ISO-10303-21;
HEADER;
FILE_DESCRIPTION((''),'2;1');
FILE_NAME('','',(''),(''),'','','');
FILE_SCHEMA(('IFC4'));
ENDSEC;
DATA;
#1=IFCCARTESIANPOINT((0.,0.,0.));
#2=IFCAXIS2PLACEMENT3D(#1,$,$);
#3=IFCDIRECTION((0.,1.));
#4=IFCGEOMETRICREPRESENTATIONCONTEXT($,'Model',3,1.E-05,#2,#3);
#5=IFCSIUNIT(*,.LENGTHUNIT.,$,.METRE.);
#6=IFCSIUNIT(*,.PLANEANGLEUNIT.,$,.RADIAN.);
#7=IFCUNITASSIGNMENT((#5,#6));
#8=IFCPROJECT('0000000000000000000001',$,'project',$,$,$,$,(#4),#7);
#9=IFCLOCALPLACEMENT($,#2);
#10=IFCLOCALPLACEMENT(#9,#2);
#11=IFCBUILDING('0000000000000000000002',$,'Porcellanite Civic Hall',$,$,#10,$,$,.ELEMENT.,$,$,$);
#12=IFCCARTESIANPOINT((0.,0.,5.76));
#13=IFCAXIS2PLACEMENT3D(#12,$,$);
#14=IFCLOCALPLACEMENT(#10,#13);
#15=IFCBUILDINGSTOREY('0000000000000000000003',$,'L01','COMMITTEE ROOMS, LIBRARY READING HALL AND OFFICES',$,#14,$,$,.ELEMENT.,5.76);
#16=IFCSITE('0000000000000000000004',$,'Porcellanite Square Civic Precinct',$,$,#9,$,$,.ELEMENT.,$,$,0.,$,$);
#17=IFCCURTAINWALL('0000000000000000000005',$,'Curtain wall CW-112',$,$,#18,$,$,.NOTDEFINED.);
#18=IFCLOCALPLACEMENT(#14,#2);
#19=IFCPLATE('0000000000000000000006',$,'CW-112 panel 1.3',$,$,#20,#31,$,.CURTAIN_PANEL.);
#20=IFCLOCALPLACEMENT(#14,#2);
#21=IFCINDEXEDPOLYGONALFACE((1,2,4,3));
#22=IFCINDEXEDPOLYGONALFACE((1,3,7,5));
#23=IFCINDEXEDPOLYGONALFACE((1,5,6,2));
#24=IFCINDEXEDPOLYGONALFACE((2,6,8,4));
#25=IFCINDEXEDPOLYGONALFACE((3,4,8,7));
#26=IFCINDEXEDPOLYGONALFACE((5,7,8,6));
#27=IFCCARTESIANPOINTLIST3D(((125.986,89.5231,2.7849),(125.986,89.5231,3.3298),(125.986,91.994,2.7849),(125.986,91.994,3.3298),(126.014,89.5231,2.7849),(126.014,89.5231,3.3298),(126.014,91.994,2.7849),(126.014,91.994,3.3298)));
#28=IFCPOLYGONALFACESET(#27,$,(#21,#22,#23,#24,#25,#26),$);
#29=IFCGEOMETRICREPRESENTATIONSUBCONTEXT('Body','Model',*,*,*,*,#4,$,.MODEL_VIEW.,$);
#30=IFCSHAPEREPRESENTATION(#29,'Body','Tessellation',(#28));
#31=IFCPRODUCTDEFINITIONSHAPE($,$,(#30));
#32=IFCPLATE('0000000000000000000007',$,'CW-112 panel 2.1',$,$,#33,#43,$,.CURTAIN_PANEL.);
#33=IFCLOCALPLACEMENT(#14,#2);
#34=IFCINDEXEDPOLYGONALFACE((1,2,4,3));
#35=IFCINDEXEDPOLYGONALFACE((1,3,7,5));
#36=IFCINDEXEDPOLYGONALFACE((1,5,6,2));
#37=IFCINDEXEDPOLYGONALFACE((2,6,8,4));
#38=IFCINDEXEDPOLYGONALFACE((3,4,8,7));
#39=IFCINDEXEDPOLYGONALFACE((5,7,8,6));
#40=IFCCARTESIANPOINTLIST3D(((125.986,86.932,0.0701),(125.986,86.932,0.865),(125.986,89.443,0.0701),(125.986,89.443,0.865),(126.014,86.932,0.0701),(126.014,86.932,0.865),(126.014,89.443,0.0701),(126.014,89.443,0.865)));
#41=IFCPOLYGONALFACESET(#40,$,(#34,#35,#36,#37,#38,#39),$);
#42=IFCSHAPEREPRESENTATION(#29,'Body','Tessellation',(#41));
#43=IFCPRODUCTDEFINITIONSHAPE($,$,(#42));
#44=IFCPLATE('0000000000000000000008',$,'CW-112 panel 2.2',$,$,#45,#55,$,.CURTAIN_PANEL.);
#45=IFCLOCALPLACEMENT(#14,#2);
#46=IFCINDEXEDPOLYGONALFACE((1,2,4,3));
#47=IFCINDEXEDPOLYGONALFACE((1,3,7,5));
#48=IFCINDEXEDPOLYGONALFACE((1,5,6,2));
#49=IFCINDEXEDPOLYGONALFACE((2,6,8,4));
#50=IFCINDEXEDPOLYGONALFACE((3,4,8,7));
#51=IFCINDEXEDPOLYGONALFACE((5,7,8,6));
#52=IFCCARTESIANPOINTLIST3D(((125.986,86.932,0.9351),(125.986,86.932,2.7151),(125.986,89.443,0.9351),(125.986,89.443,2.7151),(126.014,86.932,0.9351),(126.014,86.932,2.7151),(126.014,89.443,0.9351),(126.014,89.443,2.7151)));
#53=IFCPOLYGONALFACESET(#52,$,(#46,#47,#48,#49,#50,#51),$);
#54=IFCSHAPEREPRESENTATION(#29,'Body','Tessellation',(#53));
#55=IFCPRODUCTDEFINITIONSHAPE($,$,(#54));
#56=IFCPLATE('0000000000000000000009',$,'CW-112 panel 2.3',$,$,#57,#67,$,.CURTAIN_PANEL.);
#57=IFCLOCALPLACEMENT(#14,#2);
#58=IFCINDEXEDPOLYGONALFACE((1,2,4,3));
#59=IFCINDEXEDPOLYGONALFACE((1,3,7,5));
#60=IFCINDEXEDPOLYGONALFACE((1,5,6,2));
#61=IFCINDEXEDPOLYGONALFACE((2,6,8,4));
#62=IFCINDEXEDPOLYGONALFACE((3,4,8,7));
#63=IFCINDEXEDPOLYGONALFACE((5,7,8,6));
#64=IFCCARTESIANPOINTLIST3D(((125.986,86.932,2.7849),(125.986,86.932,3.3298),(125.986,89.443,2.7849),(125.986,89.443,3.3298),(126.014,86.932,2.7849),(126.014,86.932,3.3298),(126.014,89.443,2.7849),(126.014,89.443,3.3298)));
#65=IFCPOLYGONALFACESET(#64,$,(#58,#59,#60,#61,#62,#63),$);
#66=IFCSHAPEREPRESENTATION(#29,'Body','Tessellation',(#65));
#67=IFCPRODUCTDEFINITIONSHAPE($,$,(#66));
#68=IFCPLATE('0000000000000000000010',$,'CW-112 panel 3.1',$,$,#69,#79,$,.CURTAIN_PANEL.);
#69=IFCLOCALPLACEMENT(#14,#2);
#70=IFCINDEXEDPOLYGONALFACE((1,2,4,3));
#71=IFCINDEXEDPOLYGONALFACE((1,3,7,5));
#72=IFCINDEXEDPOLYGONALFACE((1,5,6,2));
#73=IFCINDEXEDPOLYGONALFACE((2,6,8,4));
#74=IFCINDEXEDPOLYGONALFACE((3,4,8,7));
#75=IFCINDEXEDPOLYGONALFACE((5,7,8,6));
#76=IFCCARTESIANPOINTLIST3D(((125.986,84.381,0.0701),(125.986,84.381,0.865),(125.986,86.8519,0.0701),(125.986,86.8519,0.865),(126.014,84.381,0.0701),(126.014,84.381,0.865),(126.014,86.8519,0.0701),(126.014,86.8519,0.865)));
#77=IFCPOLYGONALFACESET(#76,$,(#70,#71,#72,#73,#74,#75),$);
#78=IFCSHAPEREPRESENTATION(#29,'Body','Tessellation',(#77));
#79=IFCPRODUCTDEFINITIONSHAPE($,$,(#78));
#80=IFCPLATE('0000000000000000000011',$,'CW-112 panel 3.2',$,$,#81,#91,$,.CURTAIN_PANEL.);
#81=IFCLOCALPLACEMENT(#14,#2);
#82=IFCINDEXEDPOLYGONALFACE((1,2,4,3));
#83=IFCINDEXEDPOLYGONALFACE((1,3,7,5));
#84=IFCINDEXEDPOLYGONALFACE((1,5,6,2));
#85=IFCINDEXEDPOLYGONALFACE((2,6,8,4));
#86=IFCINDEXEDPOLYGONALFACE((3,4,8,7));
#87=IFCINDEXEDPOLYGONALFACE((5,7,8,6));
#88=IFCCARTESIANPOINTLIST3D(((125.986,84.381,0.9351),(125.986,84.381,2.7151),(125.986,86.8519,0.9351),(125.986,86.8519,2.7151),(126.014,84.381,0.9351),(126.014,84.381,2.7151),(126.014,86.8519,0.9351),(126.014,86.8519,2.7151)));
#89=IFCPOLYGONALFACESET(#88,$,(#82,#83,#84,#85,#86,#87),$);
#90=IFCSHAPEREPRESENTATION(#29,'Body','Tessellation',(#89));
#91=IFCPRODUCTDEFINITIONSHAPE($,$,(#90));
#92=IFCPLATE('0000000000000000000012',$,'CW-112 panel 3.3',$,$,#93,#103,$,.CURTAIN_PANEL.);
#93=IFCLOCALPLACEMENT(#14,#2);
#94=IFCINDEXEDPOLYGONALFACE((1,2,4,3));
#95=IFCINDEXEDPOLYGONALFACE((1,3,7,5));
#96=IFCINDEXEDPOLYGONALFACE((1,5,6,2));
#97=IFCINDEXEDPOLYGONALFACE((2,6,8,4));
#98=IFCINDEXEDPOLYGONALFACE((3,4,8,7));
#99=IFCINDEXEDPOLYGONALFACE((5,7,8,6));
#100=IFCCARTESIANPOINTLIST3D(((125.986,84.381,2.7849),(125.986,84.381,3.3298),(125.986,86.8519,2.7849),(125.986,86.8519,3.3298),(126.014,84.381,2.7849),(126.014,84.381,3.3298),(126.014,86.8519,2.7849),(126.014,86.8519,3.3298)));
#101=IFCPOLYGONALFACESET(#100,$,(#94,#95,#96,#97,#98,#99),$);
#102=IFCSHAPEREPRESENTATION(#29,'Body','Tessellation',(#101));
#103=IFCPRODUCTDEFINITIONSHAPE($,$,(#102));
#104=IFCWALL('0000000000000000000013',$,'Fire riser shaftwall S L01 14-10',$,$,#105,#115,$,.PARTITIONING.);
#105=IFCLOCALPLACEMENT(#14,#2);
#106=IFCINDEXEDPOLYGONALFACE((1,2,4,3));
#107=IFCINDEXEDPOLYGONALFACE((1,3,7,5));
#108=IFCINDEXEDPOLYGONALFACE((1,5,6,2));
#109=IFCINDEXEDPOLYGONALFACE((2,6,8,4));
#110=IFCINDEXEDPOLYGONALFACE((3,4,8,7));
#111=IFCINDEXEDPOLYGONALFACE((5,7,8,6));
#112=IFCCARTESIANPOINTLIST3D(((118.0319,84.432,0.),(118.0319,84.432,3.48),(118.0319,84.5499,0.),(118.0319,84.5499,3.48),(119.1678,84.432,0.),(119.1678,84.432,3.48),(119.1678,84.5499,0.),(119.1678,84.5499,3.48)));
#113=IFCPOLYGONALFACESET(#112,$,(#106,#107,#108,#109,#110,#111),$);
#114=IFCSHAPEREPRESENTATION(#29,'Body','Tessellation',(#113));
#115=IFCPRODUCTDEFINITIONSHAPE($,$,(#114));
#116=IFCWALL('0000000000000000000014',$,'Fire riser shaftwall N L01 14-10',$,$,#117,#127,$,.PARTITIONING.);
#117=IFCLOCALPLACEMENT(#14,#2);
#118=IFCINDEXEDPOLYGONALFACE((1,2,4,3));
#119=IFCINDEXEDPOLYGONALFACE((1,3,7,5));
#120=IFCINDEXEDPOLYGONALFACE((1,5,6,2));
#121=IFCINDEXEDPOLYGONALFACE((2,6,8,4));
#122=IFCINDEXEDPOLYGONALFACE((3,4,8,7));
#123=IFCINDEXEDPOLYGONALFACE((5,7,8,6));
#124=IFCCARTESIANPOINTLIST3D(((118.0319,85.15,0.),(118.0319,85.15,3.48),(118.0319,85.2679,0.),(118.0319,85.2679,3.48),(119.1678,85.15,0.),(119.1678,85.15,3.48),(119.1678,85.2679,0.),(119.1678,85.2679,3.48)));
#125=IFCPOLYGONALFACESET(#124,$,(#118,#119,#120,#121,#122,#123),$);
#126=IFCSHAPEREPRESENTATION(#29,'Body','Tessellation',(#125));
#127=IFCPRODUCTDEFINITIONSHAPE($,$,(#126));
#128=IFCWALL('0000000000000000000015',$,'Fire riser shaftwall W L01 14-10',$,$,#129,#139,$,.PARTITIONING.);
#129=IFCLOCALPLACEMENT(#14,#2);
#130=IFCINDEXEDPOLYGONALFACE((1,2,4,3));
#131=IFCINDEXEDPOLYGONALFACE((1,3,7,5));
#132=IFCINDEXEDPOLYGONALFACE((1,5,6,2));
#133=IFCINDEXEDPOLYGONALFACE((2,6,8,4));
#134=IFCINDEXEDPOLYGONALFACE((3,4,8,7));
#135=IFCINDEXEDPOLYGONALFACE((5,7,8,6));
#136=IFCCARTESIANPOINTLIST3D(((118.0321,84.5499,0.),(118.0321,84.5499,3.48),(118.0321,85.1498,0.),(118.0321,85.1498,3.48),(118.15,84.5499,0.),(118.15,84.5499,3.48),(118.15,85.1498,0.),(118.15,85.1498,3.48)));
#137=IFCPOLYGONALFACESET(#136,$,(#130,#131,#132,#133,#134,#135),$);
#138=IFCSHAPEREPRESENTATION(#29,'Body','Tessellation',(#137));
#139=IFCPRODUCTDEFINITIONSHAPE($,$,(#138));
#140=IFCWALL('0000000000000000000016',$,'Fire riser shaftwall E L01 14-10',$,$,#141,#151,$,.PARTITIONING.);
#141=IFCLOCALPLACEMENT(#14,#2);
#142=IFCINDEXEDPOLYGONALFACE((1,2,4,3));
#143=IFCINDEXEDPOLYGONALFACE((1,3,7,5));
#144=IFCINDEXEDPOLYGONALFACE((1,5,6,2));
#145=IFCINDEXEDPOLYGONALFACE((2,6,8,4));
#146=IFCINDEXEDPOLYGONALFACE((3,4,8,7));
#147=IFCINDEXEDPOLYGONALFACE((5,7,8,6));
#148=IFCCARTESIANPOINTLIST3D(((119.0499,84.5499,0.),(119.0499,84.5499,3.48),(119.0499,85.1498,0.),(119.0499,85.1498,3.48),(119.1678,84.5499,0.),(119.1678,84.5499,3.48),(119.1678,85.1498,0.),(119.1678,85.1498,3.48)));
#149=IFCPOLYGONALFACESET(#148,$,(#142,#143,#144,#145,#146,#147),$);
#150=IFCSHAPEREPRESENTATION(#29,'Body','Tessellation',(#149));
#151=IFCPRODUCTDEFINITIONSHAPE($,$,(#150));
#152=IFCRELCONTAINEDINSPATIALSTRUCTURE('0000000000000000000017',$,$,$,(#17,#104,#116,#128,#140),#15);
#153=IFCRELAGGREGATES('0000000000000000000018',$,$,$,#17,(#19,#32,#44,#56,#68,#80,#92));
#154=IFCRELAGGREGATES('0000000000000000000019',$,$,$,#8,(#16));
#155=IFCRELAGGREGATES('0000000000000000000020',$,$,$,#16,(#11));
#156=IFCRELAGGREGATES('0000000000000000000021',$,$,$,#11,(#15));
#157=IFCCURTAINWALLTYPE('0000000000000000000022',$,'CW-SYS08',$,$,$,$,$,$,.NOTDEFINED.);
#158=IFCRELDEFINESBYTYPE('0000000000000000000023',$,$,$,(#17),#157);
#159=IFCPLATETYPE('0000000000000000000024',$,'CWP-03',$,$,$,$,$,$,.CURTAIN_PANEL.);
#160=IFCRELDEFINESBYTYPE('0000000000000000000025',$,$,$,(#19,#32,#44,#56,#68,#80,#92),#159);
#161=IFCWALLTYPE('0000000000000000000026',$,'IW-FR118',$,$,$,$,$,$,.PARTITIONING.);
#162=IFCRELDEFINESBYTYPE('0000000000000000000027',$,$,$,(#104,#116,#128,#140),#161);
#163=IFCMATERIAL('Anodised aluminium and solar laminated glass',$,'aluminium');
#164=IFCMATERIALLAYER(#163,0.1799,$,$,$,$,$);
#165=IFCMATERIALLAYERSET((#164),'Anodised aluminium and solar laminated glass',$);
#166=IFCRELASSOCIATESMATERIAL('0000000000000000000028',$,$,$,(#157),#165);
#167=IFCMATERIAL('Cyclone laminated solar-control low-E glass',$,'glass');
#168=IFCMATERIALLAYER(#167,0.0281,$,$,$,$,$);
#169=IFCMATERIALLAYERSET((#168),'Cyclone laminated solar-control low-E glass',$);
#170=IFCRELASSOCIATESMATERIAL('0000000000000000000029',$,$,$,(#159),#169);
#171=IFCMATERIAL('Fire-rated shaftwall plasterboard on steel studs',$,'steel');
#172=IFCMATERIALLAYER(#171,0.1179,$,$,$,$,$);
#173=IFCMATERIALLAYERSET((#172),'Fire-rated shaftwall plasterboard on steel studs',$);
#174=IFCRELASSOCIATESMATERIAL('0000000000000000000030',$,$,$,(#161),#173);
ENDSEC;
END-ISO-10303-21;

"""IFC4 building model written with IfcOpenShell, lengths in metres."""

from ifc_helpers import new_model, si_unit, direction, frame, frame_2d, origin, origin_2d, place, context, subcontext, project, spatial, rectangle, extrude, material, layer, layer_set, type_object, element, aggregate, save


model = new_model("IFC4")

# Units and contexts
model_context = context("Model", 3, precision=1e-05, world=origin(), true_north=direction((0.0, 1.0)))
body_context = subcontext(model_context, "Body", "Model", "MODEL_VIEW")
ifc_project = project(units=[si_unit("LENGTHUNIT", "METRE"), si_unit("PLANEANGLEUNIT", "RADIAN")], contexts=[model_context])

# Site, building, storey
site_placement = place(None, origin())
site = spatial("IfcSite", under=ifc_project, at=site_placement, Name="Porcellanite Square Civic Precinct", CompositionType="ELEMENT", RefElevation=0.0)
building_placement = place(site_placement, origin())
building = spatial("IfcBuilding", under=site, at=building_placement, Name="Porcellanite Civic Hall", CompositionType="ELEMENT")
storey_placement = place(building_placement, frame((0.0, 0.0, 5.76)))
storey = spatial("IfcBuildingStorey", under=building, at=storey_placement, Name="L01", Description="COMMITTEE ROOMS, LIBRARY READING HALL AND OFFICES", CompositionType="ELEMENT", Elevation=5.76)

# Curtain wall
ifc_material_1 = material(Name="Anodised aluminium and solar laminated glass", Category="aluminium")
ifc_layer_1 = layer(ifc_material_1, 0.1799)
ifc_layer_set_1 = layer_set([ifc_layer_1], Name="Anodised aluminium and solar laminated glass")
curtain_wall_type_1 = type_object("IfcCurtainWallType", Name="CW-SYS08", PredefinedType="NOTDEFINED", material=ifc_layer_set_1)
curtain_wall_1_placement = place(storey_placement, origin())
curtain_wall_1 = element("IfcCurtainWall", 1, at=curtain_wall_1_placement, inside=storey, type_object=curtain_wall_type_1, Name="Curtain wall CW-112", PredefinedType="NOTDEFINED")

# Plates
ifc_material_2 = material(Name="Cyclone laminated solar-control low-E glass", Category="glass")
ifc_layer_2 = layer(ifc_material_2, 0.0281)
ifc_layer_set_2 = layer_set([ifc_layer_2], Name="Cyclone laminated solar-control low-E glass")
plate_type = type_object("IfcPlateType", Name="CWP-03", PredefinedType="CURTAIN_PANEL", material=ifc_layer_set_2)
plate_1_placement = place(storey_placement, frame((126.0, 90.7585, 2.7849), z_axis=(0.0, 0.0, 1.0), x_axis=(0.0, -1.0, 0.0)))
plate_1 = element("IfcPlate", 2, at=plate_1_placement, type_object=plate_type, Name="CW-112 panel 1.3", PredefinedType="CURTAIN_PANEL", context=body_context, shape_type="SweptSolid", body=[
    extrude(rectangle(XDim=2.4709, YDim=0.0281, at=origin_2d()), origin(), (0.0, 0.0, 1.0), 0.5449),
])
plate_2_placement = place(storey_placement, frame((126.0, 88.1875, 0.0701), z_axis=(0.0, 0.0, 1.0), x_axis=(0.0, -1.0, 0.0)))
plate_2 = element("IfcPlate", 3, at=plate_2_placement, type_object=plate_type, Name="CW-112 panel 2.1", PredefinedType="CURTAIN_PANEL", context=body_context, shape_type="SweptSolid", body=[
    extrude(rectangle(XDim=2.511, YDim=0.0281, at=origin_2d()), origin(), (0.0, 0.0, 1.0), 0.7949),
])
plate_3_placement = place(storey_placement, frame((126.0, 88.1875, 0.9351), z_axis=(0.0, 0.0, 1.0), x_axis=(0.0, -1.0, 0.0)))
plate_3 = element("IfcPlate", 4, at=plate_3_placement, type_object=plate_type, Name="CW-112 panel 2.2", PredefinedType="CURTAIN_PANEL", context=body_context, shape_type="SweptSolid", body=[
    extrude(rectangle(XDim=2.511, YDim=0.0281, at=origin_2d()), origin(), (0.0, 0.0, 1.0), 1.78),
])
plate_4_placement = place(storey_placement, frame((126.0, 88.1875, 2.7849), z_axis=(0.0, 0.0, 1.0), x_axis=(0.0, -1.0, 0.0)))
plate_4 = element("IfcPlate", 5, at=plate_4_placement, type_object=plate_type, Name="CW-112 panel 2.3", PredefinedType="CURTAIN_PANEL", context=body_context, shape_type="SweptSolid", body=[
    extrude(rectangle(XDim=2.511, YDim=0.0281, at=origin_2d()), origin(), (0.0, 0.0, 1.0), 0.5449),
])
plate_5_placement = place(storey_placement, frame((126.0, 85.6165, 0.0701), z_axis=(0.0, 0.0, 1.0), x_axis=(0.0, -1.0, 0.0)))
plate_5 = element("IfcPlate", 6, at=plate_5_placement, type_object=plate_type, Name="CW-112 panel 3.1", PredefinedType="CURTAIN_PANEL", context=body_context, shape_type="SweptSolid", body=[
    extrude(rectangle(XDim=2.4709, YDim=0.0281, at=origin_2d()), origin(), (0.0, 0.0, 1.0), 0.7949),
])
plate_6_placement = place(storey_placement, frame((126.0, 85.6165, 0.9351), z_axis=(0.0, 0.0, 1.0), x_axis=(0.0, -1.0, 0.0)))
plate_6 = element("IfcPlate", 7, at=plate_6_placement, type_object=plate_type, Name="CW-112 panel 3.2", PredefinedType="CURTAIN_PANEL", context=body_context, shape_type="SweptSolid", body=[
    extrude(rectangle(XDim=2.4709, YDim=0.0281, at=origin_2d()), origin(), (0.0, 0.0, 1.0), 1.78),
])
plate_7_placement = place(storey_placement, frame((126.0, 85.6165, 2.7849), z_axis=(0.0, 0.0, 1.0), x_axis=(0.0, -1.0, 0.0)))
plate_7 = element("IfcPlate", 8, at=plate_7_placement, type_object=plate_type, Name="CW-112 panel 3.3", PredefinedType="CURTAIN_PANEL", context=body_context, shape_type="SweptSolid", body=[
    extrude(rectangle(XDim=2.4709, YDim=0.0281, at=origin_2d()), origin(), (0.0, 0.0, 1.0), 0.5449),
])
aggregate(curtain_wall_1, [plate_1, plate_2, plate_3, plate_4, plate_5, plate_6, plate_7])

# Walls
ifc_material_3 = material(Name="Fire-rated shaftwall plasterboard on steel studs", Category="steel")
ifc_layer_3 = layer(ifc_material_3, 0.1179)
ifc_layer_set_3 = layer_set([ifc_layer_3], Name="Fire-rated shaftwall plasterboard on steel studs")
wall_type = type_object("IfcWallType", Name="IW-FR118", PredefinedType="PARTITIONING", material=ifc_layer_set_3)
for number, where, z_axis, x_axis, name in (
    (9, (118.032, 84.491, 0.0), (0.0, 0.0, 1.0), (1.0, 0.0, 0.0), "Fire riser shaftwall S L01 14-10"),
    (10, (118.032, 85.209, 0.0), (0.0, 0.0, 1.0), (1.0, 0.0, 0.0), "Fire riser shaftwall N L01 14-10"),
):
    element("IfcWall", number, at=place(storey_placement, frame(where, z_axis=z_axis, x_axis=x_axis)), inside=storey, type_object=wall_type, Name=name, PredefinedType="PARTITIONING", context=body_context, shape_type="SweptSolid", body=[
        extrude(rectangle(XDim=1.136, YDim=0.1179, at=frame_2d((0.5679, 0.0))), origin(), (0.0, 0.0, 1.0), 3.48),
    ])
for number, where, z_axis, x_axis, name in (
    (11, (118.0911, 84.55, 0.0), (0.0, 0.0, 1.0), (0.0, 1.0, 0.0), "Fire riser shaftwall W L01 14-10"),
    (12, (119.1089, 84.55, 0.0), (0.0, 0.0, 1.0), (0.0, 1.0, 0.0), "Fire riser shaftwall E L01 14-10"),
):
    element("IfcWall", number, at=place(storey_placement, frame(where, z_axis=z_axis, x_axis=x_axis)), inside=storey, type_object=wall_type, Name=name, PredefinedType="PARTITIONING", context=body_context, shape_type="SweptSolid", body=[
        extrude(rectangle(XDim=0.5999, YDim=0.1179, at=frame_2d((0.2998, 0.0))), origin(), (0.0, 0.0, 1.0), 3.48),
    ])

save(model, "model.ifc")
